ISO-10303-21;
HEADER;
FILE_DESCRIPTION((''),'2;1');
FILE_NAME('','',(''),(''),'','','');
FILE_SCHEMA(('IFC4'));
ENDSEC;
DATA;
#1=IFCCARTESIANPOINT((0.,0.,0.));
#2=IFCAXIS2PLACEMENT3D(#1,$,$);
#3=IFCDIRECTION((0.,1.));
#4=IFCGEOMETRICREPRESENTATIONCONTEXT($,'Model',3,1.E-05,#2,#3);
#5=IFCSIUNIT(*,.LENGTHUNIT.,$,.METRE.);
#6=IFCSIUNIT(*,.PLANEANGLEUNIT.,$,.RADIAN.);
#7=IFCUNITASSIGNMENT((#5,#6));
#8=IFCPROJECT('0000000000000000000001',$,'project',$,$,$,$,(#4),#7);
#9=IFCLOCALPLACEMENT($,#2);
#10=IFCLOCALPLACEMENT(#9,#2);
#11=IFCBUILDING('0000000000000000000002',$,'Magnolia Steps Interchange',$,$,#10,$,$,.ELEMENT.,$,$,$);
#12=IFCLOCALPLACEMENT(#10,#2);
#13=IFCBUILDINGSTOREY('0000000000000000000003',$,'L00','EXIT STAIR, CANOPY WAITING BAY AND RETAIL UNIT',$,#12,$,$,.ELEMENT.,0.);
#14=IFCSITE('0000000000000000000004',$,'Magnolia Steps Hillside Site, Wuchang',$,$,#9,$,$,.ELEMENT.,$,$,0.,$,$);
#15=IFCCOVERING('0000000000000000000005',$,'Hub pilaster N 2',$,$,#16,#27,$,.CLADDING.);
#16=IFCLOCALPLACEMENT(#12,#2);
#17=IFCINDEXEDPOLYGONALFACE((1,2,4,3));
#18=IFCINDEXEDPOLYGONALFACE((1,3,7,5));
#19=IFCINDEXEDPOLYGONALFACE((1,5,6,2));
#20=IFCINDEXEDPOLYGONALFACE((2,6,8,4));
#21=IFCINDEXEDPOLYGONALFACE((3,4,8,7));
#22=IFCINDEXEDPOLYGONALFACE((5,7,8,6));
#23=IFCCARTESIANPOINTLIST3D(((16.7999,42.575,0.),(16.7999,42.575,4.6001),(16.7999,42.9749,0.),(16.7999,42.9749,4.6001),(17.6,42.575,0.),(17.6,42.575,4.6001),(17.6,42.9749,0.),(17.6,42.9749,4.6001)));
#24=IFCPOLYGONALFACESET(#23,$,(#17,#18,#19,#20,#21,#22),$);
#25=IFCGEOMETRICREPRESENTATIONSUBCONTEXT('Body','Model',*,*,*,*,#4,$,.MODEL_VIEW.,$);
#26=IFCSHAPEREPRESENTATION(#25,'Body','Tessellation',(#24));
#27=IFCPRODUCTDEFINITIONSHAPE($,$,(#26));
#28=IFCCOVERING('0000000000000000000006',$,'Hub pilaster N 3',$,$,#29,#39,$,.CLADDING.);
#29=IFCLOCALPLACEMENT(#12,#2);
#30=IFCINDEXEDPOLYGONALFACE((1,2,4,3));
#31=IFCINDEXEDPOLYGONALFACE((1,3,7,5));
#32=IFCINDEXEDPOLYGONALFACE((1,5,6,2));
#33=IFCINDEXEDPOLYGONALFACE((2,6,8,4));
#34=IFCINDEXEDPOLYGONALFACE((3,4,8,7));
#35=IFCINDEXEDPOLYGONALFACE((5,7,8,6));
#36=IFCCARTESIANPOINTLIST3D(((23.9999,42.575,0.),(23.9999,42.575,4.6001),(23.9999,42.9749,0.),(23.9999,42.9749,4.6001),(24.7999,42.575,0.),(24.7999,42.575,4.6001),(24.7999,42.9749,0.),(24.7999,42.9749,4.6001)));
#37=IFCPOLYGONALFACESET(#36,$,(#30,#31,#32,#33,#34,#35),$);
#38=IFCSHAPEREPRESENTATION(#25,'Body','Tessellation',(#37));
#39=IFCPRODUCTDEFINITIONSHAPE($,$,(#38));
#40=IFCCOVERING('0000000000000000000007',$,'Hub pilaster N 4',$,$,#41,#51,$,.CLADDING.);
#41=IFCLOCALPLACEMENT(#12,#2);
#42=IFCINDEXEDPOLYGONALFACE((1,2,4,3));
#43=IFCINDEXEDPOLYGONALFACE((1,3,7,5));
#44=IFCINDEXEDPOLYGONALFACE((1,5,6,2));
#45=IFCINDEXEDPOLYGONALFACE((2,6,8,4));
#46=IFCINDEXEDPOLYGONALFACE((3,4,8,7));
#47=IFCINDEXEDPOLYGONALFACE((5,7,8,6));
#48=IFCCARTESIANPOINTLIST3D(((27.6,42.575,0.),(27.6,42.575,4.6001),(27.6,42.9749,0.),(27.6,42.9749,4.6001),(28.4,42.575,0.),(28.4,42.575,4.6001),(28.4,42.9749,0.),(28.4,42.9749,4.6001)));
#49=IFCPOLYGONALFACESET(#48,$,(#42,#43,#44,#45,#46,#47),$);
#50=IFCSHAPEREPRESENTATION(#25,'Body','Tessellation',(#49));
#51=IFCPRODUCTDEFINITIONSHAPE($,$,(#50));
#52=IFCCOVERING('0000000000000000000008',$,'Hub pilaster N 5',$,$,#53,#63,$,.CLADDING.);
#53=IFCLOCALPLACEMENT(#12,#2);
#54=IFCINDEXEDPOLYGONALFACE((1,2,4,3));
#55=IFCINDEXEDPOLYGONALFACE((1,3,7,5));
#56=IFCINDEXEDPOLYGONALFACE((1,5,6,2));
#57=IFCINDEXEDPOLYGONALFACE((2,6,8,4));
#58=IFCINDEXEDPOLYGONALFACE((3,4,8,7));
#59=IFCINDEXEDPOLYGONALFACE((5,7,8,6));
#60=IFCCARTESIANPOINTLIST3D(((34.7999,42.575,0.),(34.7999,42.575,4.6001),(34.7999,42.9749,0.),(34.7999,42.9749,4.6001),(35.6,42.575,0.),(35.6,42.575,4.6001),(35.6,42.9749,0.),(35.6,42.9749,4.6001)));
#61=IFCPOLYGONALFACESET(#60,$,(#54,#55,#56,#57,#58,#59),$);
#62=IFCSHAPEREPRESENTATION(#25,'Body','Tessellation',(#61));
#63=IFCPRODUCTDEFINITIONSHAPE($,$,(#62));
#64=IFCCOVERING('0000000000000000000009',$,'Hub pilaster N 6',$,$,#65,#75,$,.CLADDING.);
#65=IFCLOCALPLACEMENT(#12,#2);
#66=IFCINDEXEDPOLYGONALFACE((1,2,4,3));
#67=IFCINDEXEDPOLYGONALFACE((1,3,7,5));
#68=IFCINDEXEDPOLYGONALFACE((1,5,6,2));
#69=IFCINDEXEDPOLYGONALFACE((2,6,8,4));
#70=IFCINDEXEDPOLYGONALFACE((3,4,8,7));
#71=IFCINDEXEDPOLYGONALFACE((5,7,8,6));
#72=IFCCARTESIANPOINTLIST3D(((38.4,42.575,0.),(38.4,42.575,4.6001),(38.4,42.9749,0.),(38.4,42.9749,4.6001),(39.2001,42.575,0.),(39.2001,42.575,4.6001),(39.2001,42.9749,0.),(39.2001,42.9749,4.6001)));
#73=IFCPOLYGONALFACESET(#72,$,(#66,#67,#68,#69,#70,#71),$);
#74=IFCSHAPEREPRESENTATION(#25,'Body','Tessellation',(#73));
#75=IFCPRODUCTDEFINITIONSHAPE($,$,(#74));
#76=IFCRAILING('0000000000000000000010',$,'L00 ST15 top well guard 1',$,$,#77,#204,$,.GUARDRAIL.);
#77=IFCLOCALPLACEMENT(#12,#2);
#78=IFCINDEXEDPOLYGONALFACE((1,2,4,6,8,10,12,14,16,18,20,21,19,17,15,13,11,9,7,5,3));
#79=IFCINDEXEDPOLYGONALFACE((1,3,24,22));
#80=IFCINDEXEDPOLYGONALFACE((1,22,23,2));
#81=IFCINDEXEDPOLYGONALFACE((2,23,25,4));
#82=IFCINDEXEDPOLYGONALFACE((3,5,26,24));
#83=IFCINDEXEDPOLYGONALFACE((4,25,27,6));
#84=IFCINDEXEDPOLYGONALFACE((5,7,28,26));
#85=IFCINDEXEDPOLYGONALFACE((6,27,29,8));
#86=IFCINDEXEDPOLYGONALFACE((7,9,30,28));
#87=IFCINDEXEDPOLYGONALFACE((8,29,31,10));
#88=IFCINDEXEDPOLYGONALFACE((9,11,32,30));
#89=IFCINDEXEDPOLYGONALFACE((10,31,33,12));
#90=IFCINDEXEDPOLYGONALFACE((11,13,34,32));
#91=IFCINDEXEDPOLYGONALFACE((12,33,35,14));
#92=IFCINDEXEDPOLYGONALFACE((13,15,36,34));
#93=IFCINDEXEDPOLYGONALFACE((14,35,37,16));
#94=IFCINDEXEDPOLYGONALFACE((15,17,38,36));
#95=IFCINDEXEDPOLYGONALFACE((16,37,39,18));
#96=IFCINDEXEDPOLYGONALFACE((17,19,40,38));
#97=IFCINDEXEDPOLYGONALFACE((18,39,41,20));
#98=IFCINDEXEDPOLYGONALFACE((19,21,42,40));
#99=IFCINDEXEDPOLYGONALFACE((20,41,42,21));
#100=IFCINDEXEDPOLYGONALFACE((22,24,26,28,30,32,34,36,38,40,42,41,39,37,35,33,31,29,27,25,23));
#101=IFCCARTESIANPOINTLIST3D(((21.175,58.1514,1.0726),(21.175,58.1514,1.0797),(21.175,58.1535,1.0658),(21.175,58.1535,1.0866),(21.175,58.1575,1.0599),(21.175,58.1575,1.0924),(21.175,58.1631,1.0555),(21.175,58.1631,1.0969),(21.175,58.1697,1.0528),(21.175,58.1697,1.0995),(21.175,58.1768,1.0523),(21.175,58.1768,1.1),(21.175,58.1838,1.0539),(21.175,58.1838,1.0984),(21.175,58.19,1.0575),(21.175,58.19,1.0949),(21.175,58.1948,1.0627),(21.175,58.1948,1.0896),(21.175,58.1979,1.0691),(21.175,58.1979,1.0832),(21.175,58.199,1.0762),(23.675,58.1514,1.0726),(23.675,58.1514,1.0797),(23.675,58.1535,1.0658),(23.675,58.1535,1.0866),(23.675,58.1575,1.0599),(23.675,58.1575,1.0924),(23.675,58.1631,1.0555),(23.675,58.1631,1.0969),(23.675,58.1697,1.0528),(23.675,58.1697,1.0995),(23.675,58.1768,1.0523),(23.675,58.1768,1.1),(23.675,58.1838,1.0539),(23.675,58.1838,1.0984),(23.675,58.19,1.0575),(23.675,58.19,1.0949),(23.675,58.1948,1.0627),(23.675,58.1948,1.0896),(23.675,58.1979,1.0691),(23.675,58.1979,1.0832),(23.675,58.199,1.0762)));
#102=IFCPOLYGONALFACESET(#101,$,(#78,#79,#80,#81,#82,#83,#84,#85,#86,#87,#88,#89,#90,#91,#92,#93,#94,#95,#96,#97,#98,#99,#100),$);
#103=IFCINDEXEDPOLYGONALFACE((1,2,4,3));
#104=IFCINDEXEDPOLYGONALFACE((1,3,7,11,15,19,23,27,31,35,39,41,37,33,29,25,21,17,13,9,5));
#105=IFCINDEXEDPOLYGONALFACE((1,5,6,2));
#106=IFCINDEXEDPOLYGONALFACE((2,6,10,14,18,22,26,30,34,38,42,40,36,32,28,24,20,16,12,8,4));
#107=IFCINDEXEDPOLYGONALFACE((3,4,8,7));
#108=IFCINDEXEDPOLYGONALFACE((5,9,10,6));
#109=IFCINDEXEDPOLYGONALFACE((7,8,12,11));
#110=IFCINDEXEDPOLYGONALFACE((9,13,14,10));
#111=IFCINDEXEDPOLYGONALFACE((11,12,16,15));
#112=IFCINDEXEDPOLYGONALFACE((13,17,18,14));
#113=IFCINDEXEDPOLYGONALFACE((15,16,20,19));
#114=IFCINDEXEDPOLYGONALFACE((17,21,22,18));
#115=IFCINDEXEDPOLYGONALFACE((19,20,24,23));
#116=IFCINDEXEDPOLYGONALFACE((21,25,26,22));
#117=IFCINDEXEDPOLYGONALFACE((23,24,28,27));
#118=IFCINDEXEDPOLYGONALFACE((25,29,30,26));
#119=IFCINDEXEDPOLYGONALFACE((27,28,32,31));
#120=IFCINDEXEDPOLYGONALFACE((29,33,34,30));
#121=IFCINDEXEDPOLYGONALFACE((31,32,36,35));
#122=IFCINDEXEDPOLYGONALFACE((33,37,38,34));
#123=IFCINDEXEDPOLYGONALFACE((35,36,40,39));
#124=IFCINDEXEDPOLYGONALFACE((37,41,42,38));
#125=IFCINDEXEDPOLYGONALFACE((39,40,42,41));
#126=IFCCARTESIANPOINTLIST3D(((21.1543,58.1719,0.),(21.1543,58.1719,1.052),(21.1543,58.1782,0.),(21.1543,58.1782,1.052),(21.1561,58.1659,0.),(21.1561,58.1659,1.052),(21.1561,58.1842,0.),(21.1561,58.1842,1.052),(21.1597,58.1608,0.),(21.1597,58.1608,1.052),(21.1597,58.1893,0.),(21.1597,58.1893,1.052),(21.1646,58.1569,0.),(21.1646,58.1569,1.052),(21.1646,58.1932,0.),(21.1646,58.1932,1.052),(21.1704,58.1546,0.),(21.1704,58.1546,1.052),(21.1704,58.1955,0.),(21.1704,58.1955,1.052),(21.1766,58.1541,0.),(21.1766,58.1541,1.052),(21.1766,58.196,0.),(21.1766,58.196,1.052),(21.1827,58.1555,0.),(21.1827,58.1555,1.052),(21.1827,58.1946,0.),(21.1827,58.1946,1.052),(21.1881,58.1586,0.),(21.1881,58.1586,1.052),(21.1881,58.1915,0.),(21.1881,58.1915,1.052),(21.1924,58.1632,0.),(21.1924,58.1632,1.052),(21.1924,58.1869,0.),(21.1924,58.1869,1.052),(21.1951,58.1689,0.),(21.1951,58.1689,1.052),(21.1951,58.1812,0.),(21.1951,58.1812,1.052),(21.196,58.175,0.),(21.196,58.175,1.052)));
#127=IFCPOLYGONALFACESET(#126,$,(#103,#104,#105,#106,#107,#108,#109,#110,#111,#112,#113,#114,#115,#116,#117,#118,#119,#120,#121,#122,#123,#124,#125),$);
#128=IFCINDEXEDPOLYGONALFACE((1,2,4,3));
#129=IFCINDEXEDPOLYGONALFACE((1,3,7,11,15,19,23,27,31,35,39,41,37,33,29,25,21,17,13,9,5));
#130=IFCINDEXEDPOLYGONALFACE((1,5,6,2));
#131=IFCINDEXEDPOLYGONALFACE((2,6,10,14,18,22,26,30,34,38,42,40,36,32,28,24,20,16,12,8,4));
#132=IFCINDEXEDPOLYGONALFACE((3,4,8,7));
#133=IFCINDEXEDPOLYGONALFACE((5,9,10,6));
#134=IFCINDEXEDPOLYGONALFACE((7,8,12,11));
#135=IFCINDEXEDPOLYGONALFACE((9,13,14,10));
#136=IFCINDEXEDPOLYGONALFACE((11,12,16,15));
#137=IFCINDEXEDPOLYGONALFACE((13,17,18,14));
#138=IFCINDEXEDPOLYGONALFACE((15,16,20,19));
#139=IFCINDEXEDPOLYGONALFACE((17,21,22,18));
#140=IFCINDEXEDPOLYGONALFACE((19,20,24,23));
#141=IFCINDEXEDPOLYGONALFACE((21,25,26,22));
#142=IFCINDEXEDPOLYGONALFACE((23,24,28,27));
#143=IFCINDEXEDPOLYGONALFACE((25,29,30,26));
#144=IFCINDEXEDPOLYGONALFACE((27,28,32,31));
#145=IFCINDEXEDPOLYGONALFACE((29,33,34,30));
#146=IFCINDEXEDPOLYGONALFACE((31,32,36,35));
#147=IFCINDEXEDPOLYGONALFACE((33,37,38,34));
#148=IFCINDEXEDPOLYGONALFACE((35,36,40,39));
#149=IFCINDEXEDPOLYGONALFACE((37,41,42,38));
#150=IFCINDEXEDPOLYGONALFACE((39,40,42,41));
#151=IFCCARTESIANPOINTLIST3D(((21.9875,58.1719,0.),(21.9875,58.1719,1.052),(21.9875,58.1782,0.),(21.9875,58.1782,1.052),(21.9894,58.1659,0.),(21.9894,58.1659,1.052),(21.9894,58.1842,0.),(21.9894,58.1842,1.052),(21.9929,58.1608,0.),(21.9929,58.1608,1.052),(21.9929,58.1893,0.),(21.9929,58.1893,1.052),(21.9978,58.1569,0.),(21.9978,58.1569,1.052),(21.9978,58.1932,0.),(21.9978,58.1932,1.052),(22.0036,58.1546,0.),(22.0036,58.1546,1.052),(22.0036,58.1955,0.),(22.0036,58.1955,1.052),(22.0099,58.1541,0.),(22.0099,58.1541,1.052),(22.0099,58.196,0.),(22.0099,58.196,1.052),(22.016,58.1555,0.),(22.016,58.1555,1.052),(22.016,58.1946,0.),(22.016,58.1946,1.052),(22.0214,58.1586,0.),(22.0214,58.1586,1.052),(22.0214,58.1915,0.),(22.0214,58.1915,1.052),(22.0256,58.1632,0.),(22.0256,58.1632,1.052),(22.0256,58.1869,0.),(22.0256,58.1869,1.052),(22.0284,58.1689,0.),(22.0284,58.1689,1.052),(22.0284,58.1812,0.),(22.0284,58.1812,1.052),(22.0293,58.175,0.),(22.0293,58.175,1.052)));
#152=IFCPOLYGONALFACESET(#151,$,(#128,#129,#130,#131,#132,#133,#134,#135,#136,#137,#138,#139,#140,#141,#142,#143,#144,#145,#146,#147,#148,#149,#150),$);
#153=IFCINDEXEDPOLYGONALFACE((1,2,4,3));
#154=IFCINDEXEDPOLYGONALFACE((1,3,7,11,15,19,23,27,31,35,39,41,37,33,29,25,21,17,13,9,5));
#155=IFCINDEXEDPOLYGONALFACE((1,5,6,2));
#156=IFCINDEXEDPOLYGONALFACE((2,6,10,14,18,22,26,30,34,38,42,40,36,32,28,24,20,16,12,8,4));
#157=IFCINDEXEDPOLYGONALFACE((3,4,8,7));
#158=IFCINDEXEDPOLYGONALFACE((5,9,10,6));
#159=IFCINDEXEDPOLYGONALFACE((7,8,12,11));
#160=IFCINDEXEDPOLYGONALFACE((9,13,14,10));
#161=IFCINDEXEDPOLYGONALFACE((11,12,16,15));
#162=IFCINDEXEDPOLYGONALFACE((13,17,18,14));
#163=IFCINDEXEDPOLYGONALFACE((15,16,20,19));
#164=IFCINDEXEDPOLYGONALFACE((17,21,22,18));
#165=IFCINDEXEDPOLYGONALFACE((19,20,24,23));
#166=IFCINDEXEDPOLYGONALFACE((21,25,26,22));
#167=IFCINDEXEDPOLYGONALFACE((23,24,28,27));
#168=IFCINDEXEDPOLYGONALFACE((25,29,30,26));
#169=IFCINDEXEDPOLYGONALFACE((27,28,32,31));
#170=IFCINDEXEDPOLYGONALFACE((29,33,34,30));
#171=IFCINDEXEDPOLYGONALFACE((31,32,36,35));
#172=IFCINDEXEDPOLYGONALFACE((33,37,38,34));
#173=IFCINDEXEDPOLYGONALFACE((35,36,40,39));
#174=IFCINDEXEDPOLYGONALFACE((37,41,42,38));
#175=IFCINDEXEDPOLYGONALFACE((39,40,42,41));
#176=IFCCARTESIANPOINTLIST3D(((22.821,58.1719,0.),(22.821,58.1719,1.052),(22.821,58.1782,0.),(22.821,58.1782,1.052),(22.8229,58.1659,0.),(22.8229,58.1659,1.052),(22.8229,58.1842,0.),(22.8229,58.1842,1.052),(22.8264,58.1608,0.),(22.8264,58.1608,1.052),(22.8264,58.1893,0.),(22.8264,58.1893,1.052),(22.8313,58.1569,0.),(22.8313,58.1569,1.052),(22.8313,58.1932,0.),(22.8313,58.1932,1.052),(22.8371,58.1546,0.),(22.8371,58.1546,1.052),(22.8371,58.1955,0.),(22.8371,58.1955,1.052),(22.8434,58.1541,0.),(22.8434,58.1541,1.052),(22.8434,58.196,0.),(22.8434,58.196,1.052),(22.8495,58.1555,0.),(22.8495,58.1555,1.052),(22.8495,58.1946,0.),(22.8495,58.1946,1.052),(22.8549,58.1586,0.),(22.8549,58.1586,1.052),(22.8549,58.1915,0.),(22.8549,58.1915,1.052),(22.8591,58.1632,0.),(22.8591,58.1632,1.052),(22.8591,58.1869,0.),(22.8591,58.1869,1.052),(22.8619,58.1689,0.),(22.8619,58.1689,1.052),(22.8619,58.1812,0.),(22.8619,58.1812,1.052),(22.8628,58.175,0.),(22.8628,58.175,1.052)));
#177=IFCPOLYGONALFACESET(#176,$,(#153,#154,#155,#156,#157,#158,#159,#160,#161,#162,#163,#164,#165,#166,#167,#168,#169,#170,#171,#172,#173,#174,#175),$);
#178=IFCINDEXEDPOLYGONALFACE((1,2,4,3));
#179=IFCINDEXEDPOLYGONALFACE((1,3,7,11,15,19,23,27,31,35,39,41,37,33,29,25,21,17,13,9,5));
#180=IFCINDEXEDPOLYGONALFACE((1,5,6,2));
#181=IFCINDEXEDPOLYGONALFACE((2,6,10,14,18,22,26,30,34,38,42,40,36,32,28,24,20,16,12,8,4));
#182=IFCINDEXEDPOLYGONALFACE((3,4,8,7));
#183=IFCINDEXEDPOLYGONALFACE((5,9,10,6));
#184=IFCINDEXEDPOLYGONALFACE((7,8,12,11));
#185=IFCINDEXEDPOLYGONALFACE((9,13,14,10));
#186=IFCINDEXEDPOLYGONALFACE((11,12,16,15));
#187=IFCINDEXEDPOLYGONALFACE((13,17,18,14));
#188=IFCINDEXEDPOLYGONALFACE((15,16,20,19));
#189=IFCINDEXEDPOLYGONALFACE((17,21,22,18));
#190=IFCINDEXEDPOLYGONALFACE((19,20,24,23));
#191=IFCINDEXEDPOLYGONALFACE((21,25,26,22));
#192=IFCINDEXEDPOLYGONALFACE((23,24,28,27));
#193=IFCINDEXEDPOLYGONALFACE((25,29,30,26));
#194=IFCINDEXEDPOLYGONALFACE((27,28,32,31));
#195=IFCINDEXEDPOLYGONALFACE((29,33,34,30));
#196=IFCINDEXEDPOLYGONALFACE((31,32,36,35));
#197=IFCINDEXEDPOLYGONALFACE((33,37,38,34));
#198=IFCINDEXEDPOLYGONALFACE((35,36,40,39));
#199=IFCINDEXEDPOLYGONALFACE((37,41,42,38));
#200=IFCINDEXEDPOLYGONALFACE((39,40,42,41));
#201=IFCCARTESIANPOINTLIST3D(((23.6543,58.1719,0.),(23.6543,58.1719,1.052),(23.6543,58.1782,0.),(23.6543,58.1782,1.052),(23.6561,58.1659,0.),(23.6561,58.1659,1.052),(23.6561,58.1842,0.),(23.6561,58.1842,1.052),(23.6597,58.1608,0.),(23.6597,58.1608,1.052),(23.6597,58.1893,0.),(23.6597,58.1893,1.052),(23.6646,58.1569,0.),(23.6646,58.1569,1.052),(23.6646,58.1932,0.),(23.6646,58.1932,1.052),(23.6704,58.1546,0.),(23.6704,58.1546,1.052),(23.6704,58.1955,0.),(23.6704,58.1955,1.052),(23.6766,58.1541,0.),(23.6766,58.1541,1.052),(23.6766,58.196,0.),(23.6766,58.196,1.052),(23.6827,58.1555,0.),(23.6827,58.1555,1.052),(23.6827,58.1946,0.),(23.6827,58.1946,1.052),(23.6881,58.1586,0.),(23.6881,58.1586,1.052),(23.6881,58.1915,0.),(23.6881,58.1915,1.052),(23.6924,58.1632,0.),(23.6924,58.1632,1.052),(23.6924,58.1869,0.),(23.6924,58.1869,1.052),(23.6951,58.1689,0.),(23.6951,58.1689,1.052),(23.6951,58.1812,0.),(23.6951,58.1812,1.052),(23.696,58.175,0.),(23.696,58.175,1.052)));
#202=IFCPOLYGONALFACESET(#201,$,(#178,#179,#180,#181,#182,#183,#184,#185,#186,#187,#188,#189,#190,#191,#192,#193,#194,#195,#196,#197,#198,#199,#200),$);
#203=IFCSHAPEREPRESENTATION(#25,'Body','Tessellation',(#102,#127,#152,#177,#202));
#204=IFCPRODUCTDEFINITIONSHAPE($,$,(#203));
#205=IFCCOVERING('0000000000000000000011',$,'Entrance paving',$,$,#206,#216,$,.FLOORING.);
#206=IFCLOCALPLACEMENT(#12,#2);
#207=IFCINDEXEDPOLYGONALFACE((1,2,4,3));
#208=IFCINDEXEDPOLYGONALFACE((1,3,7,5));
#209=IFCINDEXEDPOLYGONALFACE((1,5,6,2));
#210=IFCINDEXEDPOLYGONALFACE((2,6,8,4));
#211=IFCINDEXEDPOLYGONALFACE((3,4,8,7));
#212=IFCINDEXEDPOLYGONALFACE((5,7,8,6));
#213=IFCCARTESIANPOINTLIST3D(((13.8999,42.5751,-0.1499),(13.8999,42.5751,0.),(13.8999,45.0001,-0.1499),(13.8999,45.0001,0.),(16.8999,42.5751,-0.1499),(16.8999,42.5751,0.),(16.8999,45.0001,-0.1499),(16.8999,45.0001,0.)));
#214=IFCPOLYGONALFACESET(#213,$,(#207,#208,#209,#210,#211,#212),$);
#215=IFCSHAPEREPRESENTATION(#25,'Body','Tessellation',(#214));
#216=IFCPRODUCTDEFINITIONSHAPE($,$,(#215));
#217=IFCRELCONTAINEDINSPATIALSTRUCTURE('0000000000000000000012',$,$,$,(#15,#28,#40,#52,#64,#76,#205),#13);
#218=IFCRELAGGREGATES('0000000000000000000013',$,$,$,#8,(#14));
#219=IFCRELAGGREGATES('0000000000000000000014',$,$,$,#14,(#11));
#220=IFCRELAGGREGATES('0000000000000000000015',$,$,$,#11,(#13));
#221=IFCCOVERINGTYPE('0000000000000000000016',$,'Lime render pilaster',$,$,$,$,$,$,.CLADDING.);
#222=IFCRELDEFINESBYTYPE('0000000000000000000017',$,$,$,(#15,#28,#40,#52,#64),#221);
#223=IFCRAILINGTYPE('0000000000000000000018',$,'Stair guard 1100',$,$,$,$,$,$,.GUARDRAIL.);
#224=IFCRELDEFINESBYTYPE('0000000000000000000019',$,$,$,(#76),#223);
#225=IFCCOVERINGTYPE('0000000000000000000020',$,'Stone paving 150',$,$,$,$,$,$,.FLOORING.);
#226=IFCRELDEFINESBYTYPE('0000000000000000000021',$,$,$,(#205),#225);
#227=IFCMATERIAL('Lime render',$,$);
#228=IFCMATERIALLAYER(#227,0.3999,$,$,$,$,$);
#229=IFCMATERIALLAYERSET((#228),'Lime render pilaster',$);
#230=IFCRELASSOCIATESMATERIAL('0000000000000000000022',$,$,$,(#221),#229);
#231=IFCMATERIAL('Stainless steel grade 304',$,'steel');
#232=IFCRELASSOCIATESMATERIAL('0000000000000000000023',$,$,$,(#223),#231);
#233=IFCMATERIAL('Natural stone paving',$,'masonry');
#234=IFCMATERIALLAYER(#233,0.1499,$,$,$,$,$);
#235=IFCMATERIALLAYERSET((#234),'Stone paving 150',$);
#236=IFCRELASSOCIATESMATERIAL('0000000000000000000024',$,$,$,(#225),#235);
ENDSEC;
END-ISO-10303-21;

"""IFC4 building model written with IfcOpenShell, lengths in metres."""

from ifc_helpers import new_model, si_unit, direction, frame, origin, origin_2d, place, context, subcontext, project, spatial, rectangle, circle, extrude, material, layer, layer_set, type_object, element, save


model = new_model("IFC4")

# Units and contexts
model_context = context("Model", 3, precision=1e-05, world=origin(), true_north=direction((0.0, 1.0)))
body_context = subcontext(model_context, "Body", "Model", "MODEL_VIEW")
ifc_project = project(units=[si_unit("LENGTHUNIT", "METRE"), si_unit("PLANEANGLEUNIT", "RADIAN")], contexts=[model_context])

# Site, building, storey
site_placement = place(None, origin())
site = spatial("IfcSite", under=ifc_project, at=site_placement, Name="Magnolia Steps Hillside Site, Wuchang", CompositionType="ELEMENT", RefElevation=0.0)
building_placement = place(site_placement, origin())
building = spatial("IfcBuilding", under=site, at=building_placement, Name="Magnolia Steps Interchange", CompositionType="ELEMENT")
storey_placement = place(building_placement, origin())
storey = spatial("IfcBuildingStorey", under=building, at=storey_placement, Name="L00", Description="EXIT STAIR, CANOPY WAITING BAY AND RETAIL UNIT", CompositionType="ELEMENT", Elevation=0.0)

# Coverings
ifc_material_1 = material(Name="Lime render")
ifc_layer_1 = layer(ifc_material_1, 0.3999)
ifc_layer_set_1 = layer_set([ifc_layer_1], Name="Lime render pilaster")
covering_type_1 = type_object("IfcCoveringType", Name="Lime render pilaster", PredefinedType="CLADDING", material=ifc_layer_set_1)
for number, where, z_axis, x_axis, name in (
    (1, (17.2, 42.7749, 0.0), (0.0, 0.0, 1.0), (1.0, 0.0, 0.0), "Hub pilaster N 2"),
    (2, (24.3999, 42.7749, 0.0), (0.0, 0.0, 1.0), (1.0, 0.0, 0.0), "Hub pilaster N 3"),
    (3, (28.0, 42.7749, 0.0), (0.0, 0.0, 1.0), (1.0, 0.0, 0.0), "Hub pilaster N 4"),
    (4, (35.2, 42.7749, 0.0), (0.0, 0.0, 1.0), (1.0, 0.0, 0.0), "Hub pilaster N 5"),
    (5, (38.8, 42.7749, 0.0), (0.0, 0.0, 1.0), (1.0, 0.0, 0.0), "Hub pilaster N 6"),
):
    element("IfcCovering", number, at=place(storey_placement, frame(where, z_axis=z_axis, x_axis=x_axis)), inside=storey, type_object=covering_type_1, Name=name, PredefinedType="CLADDING", context=body_context, shape_type="SweptSolid", body=[
        extrude(rectangle(XDim=0.8, YDim=0.3999, at=origin_2d()), origin(), (0.0, 0.0, 1.0), 4.6001),
    ])

# Railing
ifc_material_2 = material(Name="Stainless steel grade 304", Category="steel")
railing_type = type_object("IfcRailingType", Name="Stair guard 1100", PredefinedType="GUARDRAIL", material=ifc_material_2)
railing_placement = place(storey_placement, frame((21.175, 58.175, 0.0)))
element("IfcRailing", 6, at=railing_placement, inside=storey, type_object=railing_type, Name="L00 ST15 top well guard 1", PredefinedType="GUARDRAIL", context=body_context, shape_type="SweptSolid", body=[
    extrude(circle(Radius=0.0239, at=origin_2d()), frame((0.0, 0.0, 1.0762), z_axis=(1.0, 0.0, 0.0), x_axis=(0.0, 1.0, 0.0)), (0.0, 0.0, 1.0), 2.5),
    extrude(circle(Radius=0.021, at=origin_2d()), origin(), (0.0, 0.0, 1.0), 1.052),
    extrude(circle(Radius=0.021, at=origin_2d()), frame((0.8333, 0.0, 0.0)), (0.0, 0.0, 1.0), 1.052),
    extrude(circle(Radius=0.021, at=origin_2d()), frame((1.6667, 0.0, 0.0)), (0.0, 0.0, 1.0), 1.052),
    extrude(circle(Radius=0.021, at=origin_2d()), frame((2.5, 0.0, 0.0)), (0.0, 0.0, 1.0), 1.052),
])

# Covering
ifc_material_3 = material(Name="Natural stone paving", Category="masonry")
ifc_layer_2 = layer(ifc_material_3, 0.1499)
ifc_layer_set_2 = layer_set([ifc_layer_2], Name="Stone paving 150")
covering_type_2 = type_object("IfcCoveringType", Name="Stone paving 150", PredefinedType="FLOORING", material=ifc_layer_set_2)
for number, where, z_axis, x_axis, name in (
    (7, (15.3999, 43.7876, -0.1499), (0.0, 0.0, 1.0), (1.0, 0.0, 0.0), "Entrance paving"),
):
    element("IfcCovering", number, at=place(storey_placement, frame(where, z_axis=z_axis, x_axis=x_axis)), inside=storey, type_object=covering_type_2, Name=name, PredefinedType="FLOORING", context=body_context, shape_type="SweptSolid", body=[
        extrude(rectangle(XDim=3.0, YDim=2.425, at=origin_2d()), origin(), (0.0, 0.0, 1.0), 0.1499),
    ])

save(model, "model.ifc")
